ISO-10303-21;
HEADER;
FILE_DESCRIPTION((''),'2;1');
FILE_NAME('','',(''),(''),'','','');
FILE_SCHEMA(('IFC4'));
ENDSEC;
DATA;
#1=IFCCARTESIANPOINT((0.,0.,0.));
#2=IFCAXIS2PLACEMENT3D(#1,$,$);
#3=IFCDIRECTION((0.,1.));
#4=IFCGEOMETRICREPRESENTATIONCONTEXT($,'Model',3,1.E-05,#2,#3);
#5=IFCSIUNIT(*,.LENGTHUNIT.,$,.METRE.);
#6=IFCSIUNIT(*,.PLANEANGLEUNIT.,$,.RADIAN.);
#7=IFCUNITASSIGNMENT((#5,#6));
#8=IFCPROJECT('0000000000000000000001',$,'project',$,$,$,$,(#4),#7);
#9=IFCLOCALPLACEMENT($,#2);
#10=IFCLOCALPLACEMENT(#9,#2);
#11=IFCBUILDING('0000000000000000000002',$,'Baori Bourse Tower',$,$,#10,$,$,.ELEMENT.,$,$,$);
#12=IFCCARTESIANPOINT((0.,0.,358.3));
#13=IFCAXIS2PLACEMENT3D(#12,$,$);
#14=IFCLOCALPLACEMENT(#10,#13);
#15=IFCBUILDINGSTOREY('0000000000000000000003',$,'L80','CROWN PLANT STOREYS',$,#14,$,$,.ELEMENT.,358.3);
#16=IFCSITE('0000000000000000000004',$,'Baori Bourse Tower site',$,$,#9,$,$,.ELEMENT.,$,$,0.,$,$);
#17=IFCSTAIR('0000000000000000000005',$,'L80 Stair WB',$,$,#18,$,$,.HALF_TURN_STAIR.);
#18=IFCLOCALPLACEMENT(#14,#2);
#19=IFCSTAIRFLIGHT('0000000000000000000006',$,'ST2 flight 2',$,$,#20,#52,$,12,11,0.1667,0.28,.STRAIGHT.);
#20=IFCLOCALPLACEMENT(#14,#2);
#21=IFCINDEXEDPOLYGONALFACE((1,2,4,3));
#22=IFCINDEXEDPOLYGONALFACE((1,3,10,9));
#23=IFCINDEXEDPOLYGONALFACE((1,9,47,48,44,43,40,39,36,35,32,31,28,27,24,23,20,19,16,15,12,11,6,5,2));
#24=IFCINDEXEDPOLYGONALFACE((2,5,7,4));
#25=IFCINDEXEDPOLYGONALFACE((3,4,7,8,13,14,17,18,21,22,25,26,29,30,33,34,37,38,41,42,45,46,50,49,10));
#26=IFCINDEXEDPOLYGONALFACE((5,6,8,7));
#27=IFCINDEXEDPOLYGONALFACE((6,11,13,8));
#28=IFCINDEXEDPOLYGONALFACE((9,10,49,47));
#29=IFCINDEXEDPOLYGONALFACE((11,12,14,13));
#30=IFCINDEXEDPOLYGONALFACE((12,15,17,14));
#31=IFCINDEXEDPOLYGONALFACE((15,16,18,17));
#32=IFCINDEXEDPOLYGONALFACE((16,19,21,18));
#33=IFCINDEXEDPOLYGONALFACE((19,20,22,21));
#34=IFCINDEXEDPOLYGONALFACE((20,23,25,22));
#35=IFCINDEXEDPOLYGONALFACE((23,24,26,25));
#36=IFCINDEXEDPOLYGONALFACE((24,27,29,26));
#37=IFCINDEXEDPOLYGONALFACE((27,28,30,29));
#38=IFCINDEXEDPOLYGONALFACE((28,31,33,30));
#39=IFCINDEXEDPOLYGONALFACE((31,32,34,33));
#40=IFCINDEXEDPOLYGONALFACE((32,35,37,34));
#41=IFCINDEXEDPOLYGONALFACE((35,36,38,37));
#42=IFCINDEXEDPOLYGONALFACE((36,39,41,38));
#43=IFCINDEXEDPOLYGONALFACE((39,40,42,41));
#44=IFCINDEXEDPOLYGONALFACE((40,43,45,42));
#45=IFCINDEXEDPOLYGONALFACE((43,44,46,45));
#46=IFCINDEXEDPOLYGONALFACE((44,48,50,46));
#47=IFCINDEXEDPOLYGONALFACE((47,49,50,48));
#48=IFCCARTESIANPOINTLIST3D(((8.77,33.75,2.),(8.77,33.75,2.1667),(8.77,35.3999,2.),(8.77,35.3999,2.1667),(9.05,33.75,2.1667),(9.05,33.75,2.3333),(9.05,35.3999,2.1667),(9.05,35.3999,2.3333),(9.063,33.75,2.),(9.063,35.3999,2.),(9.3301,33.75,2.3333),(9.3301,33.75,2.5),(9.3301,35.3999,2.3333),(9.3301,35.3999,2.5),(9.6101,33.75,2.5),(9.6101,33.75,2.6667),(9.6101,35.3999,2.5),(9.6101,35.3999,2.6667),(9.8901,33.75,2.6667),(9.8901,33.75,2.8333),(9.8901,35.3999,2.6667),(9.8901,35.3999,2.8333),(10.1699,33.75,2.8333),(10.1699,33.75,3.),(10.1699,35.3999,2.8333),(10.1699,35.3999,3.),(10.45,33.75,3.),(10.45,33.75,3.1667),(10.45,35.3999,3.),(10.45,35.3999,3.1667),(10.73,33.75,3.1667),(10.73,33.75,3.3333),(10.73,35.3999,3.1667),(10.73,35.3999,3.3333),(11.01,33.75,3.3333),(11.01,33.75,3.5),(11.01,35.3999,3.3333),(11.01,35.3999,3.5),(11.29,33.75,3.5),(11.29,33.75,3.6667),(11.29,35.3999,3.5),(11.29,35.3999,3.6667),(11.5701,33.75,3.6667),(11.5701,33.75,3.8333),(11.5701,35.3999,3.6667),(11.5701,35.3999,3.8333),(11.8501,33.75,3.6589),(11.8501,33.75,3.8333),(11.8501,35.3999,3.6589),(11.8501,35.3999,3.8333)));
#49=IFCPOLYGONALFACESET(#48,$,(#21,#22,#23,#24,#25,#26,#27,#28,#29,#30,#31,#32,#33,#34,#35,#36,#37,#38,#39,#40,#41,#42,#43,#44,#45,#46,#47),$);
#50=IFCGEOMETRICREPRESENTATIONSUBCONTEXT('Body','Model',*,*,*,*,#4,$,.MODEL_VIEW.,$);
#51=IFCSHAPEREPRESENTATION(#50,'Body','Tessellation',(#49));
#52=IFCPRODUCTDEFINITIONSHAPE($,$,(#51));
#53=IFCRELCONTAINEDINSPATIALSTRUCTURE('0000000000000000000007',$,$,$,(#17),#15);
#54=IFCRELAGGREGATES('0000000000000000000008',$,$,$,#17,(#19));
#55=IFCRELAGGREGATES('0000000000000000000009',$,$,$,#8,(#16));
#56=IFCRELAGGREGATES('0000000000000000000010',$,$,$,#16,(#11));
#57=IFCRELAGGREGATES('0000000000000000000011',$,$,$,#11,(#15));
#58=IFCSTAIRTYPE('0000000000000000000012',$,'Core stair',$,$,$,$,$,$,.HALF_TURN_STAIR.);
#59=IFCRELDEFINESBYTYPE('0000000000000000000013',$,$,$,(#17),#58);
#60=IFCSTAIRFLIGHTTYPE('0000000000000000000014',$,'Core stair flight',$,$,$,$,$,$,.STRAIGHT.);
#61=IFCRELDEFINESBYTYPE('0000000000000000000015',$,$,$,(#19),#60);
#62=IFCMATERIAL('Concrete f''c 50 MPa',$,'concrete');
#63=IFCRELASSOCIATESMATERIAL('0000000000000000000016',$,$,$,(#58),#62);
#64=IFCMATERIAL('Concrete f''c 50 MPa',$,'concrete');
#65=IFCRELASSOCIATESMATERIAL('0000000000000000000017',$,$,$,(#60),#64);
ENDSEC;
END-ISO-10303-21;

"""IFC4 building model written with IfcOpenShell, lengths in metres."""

from ifc_helpers import new_model, si_unit, direction, frame, origin, place, context, subcontext, project, spatial, polyline, outline, extrude, material, type_object, element, aggregate, save


model = new_model("IFC4")

# Units and contexts
model_context = context("Model", 3, precision=1e-05, world=origin(), true_north=direction((0.0, 1.0)))
body_context = subcontext(model_context, "Body", "Model", "MODEL_VIEW")
ifc_project = project(units=[si_unit("LENGTHUNIT", "METRE"), si_unit("PLANEANGLEUNIT", "RADIAN")], contexts=[model_context])

# Site, building, storey
site_placement = place(None, origin())
site = spatial("IfcSite", under=ifc_project, at=site_placement, Name="Baori Bourse Tower site", CompositionType="ELEMENT", RefElevation=0.0)
building_placement = place(site_placement, origin())
building = spatial("IfcBuilding", under=site, at=building_placement, Name="Baori Bourse Tower", CompositionType="ELEMENT")
storey_placement = place(building_placement, frame((0.0, 0.0, 358.3)))
storey = spatial("IfcBuildingStorey", under=building, at=storey_placement, Name="L80", Description="CROWN PLANT STOREYS", CompositionType="ELEMENT", Elevation=358.3)

# Stair, stair flight
ifc_material_1 = material(Name="Concrete f'c 50 MPa", Category="concrete")
stair_type = type_object("IfcStairType", Name="Core stair", PredefinedType="HALF_TURN_STAIR", material=ifc_material_1)
stair_placement = place(storey_placement, origin())
stair = element("IfcStair", 1, at=stair_placement, inside=storey, type_object=stair_type, Name="L80 Stair WB", PredefinedType="HALF_TURN_STAIR")
ifc_material_2 = material(Name="Concrete f'c 50 MPa", Category="concrete")
stair_flight_type = type_object("IfcStairFlightType", Name="Core stair flight", PredefinedType="STRAIGHT", material=ifc_material_2)
stair_flight_placement = place(storey_placement, frame((8.77, 34.575, 2.0), z_axis=(0.0, 0.0, 1.0), x_axis=(1.0, 0.0, 0.0)))
stair_flight = element("IfcStairFlight", 2, at=stair_flight_placement, type_object=stair_flight_type, Name="ST2 flight 2", NumberOfRisers=12, NumberOfTreads=11, PredefinedType="STRAIGHT", RiserHeight=0.1667, TreadLength=0.28, context=body_context, shape_type="SweptSolid", body=[
    extrude(outline(polyline([(0.0, 0.0), (0.0, 0.1667), (0.28, 0.1667), (0.28, 0.3333), (0.5601, 0.3333), (0.5601, 0.5), (0.8401, 0.5), (0.8401, 0.6667), (1.1201, 0.6667), (1.1201, 0.8333), (1.3999, 0.8333), (1.3999, 1.0), (1.6799, 1.0), (1.6799, 1.1667), (1.96, 1.1667), (1.96, 1.3333), (2.24, 1.3333), (2.24, 1.5), (2.52, 1.5), (2.52, 1.6667), (2.8, 1.6667), (2.8, 1.8333), (3.0801, 1.8333), (3.0801, 2.0), (3.0801, 1.6589), (0.293, 0.0), (0.0, 0.0)])), frame((0.0, 0.825, 0.0), z_axis=(0.0, -1.0, 0.0), x_axis=(1.0, 0.0, 0.0)), (0.0, 0.0, 1.0), 1.6499),
])
aggregate(stair, [stair_flight])

save(model, "model.ifc")
